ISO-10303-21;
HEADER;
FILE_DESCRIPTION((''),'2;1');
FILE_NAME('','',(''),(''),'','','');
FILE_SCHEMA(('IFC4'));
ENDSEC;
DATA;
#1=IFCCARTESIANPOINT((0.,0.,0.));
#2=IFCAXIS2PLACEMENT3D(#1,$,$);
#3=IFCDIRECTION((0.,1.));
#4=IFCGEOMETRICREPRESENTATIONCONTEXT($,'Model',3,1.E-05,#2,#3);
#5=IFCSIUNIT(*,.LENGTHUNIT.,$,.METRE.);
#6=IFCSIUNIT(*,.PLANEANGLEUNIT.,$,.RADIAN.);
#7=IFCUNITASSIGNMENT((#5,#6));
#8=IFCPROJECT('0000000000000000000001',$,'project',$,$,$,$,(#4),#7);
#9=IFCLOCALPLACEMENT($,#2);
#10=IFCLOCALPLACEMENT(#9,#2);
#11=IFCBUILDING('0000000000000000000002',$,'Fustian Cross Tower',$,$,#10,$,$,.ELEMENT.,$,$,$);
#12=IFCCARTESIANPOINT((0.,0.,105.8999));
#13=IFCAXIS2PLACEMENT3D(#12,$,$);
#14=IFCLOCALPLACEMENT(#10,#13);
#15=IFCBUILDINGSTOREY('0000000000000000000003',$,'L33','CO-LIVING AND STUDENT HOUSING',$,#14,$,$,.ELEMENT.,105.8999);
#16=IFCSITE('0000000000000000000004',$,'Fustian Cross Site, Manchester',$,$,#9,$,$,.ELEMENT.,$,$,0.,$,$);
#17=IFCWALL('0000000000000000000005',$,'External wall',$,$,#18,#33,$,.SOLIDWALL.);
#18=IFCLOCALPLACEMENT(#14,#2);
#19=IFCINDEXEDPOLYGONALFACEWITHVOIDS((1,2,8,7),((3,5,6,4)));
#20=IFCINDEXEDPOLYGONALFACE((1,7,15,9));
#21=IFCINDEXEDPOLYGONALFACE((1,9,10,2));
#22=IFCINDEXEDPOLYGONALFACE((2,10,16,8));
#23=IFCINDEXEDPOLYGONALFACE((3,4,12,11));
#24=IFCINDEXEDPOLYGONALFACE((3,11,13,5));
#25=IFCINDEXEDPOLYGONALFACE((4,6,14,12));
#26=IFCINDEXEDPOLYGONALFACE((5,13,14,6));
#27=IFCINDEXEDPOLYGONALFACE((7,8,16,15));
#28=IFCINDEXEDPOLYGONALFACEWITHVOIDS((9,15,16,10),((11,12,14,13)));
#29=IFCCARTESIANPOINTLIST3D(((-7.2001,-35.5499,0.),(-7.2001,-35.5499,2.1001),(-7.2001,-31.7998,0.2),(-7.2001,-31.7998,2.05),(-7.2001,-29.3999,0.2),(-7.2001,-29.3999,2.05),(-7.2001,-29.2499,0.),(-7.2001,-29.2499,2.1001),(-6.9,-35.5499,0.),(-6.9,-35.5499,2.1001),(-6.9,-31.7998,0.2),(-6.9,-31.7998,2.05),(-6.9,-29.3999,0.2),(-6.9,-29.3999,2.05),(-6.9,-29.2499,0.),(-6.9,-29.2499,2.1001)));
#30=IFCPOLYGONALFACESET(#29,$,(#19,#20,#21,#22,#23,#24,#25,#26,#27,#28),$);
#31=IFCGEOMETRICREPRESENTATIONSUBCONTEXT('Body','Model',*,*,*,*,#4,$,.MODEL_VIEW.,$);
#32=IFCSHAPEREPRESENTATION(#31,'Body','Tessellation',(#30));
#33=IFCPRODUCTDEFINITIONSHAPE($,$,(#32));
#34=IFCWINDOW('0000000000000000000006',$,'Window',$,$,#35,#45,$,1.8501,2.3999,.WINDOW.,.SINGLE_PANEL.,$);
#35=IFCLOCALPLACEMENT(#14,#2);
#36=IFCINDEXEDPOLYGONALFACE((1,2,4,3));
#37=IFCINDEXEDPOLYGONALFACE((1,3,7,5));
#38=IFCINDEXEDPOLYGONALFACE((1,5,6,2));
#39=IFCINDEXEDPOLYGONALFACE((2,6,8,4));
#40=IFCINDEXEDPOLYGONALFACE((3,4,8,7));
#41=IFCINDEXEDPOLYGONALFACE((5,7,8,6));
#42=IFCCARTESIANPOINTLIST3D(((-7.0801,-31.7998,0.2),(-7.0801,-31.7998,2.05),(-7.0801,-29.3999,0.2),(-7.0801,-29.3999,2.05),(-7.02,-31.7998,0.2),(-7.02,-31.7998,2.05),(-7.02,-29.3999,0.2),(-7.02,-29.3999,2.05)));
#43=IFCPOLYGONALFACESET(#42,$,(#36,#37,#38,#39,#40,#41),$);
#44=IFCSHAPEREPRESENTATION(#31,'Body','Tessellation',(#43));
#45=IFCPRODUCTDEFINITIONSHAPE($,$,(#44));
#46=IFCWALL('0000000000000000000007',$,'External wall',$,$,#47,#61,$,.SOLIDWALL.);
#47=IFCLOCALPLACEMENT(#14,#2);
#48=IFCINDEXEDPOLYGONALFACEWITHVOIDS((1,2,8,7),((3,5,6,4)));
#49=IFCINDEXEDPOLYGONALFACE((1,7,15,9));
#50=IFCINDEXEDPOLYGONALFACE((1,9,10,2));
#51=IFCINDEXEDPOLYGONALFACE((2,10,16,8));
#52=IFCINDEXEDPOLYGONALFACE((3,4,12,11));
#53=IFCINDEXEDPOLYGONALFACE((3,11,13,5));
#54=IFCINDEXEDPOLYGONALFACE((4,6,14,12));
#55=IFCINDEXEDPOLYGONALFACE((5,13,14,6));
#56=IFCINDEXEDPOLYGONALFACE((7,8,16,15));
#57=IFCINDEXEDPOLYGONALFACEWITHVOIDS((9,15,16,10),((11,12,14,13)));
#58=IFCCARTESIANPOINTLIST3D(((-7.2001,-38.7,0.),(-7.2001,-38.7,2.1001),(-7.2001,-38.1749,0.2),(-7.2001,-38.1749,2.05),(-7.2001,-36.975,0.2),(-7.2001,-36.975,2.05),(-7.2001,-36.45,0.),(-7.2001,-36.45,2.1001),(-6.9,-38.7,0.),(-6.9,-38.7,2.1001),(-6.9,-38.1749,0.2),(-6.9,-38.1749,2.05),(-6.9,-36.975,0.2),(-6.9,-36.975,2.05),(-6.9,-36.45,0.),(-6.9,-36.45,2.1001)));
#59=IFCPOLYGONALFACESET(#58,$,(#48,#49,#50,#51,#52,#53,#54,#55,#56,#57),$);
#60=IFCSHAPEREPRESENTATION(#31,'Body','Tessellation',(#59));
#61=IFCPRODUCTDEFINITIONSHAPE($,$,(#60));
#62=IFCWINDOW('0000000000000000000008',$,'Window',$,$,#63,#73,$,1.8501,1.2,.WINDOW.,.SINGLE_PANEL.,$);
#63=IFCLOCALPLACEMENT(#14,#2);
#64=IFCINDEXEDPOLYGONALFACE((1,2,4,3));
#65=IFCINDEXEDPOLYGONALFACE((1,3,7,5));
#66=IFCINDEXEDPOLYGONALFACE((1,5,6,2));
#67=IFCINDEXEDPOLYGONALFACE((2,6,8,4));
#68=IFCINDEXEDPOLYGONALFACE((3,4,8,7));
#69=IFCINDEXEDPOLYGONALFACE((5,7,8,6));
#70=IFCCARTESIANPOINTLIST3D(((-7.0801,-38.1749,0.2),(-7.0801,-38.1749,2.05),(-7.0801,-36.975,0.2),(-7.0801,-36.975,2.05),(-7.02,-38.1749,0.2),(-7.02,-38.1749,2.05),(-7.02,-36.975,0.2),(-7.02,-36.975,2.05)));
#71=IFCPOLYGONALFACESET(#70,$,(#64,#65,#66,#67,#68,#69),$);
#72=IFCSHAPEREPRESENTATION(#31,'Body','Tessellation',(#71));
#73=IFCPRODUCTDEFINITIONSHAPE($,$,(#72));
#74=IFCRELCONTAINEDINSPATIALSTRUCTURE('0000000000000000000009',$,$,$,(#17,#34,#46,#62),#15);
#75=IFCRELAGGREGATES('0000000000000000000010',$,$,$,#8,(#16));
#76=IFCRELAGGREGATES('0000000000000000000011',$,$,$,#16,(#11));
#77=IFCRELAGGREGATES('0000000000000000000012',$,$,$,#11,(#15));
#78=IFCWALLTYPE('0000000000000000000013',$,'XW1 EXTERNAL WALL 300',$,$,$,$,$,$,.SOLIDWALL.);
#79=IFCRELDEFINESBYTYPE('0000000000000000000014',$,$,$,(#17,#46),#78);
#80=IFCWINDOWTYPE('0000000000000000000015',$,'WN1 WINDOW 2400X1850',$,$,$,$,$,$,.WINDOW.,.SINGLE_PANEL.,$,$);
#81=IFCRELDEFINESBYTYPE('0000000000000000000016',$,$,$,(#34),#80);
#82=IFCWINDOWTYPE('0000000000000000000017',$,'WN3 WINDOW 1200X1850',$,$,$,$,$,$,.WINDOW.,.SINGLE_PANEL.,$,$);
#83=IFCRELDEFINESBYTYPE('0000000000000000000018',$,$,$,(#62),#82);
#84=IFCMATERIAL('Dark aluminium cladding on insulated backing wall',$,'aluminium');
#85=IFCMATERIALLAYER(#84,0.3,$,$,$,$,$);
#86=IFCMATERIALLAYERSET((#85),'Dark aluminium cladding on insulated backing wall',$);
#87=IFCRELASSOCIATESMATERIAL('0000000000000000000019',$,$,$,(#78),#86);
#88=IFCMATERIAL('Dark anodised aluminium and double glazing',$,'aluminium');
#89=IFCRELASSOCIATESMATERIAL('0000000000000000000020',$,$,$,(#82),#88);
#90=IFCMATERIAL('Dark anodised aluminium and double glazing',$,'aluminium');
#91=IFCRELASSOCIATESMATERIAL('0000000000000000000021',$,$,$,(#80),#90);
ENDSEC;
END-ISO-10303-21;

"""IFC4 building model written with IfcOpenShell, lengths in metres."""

from ifc_helpers import new_model, si_unit, direction, frame, frame_2d, origin, place, context, subcontext, project, spatial, rectangle, extrude, material, layer, layer_set, type_object, element, fill, save


model = new_model("IFC4")

# Units and contexts
model_context = context("Model", 3, precision=1e-05, world=origin(), true_north=direction((0.0, 1.0)))
body_context = subcontext(model_context, "Body", "Model", "MODEL_VIEW")
ifc_project = project(units=[si_unit("LENGTHUNIT", "METRE"), si_unit("PLANEANGLEUNIT", "RADIAN")], contexts=[model_context])

# Site, building, storey
site_placement = place(None, origin())
site = spatial("IfcSite", under=ifc_project, at=site_placement, Name="Fustian Cross Site, Manchester", CompositionType="ELEMENT", RefElevation=0.0)
building_placement = place(site_placement, origin())
building = spatial("IfcBuilding", under=site, at=building_placement, Name="Fustian Cross Tower", CompositionType="ELEMENT")
storey_placement = place(building_placement, frame((0.0, 0.0, 105.8999)))
storey = spatial("IfcBuildingStorey", under=building, at=storey_placement, Name="L33", Description="CO-LIVING AND STUDENT HOUSING", CompositionType="ELEMENT", Elevation=105.8999)

# Shared definitions
ifc_material_1 = material(Name="Dark aluminium cladding on insulated backing wall", Category="aluminium")
ifc_layer_1 = layer(ifc_material_1, 0.3)
ifc_layer_set_1 = layer_set([ifc_layer_1], Name="Dark aluminium cladding on insulated backing wall")
wall_type_1 = type_object("IfcWallType", Name="XW1 EXTERNAL WALL 300", PredefinedType="SOLIDWALL", material=ifc_layer_set_1)

# Shared definitions
ifc_material_2 = material(Name="Dark anodised aluminium and double glazing", Category="aluminium")
window_type_1 = type_object("IfcWindowType", Name="WN3 WINDOW 1200X1850", PartitioningType="SINGLE_PANEL", PredefinedType="WINDOW", material=ifc_material_2)

# Walls, openings, windows
wall_1_placement = place(storey_placement, frame((-7.05, -29.25, 0.0), z_axis=(0.0, 0.0, 1.0), x_axis=(0.0, -1.0, 0.0)))
wall_1 = element("IfcWall", 1, at=wall_1_placement, inside=storey, type_object=wall_type_1, Name="External wall", PredefinedType="SOLIDWALL", context=body_context, shape_type="SweptSolid", body=[
    extrude(rectangle(XDim=6.3, YDim=0.3, at=frame_2d((3.1499, 0.0))), origin(), (0.0, 0.0, 1.0), 2.1001),
])
opening_1_placement = place(wall_1_placement, frame((0.1499, 0.0, 0.2)))
opening_1 = element("IfcOpeningElement", 2, at=opening_1_placement, cuts=wall_1, PredefinedType="OPENING", context=body_context, shape_type="SweptSolid", body=[
    extrude(rectangle(XDim=2.3999, YDim=1.8501, at=frame_2d((1.2, 0.925))), frame((0.0, 0.1599, 0.0), z_axis=(0.0, -1.0, 0.0), x_axis=(1.0, 0.0, 0.0)), (0.0, 0.0, 1.0), 0.3201),
])
ifc_material_3 = material(Name="Dark anodised aluminium and double glazing", Category="aluminium")
window_type_2 = type_object("IfcWindowType", Name="WN1 WINDOW 2400X1850", PartitioningType="SINGLE_PANEL", PredefinedType="WINDOW", material=ifc_material_3)
window_1_placement = place(opening_1_placement, origin())
window_1 = element("IfcWindow", 3, at=window_1_placement, inside=storey, type_object=window_type_2, Name="Window", OverallHeight=1.8501, OverallWidth=2.3999, PartitioningType="SINGLE_PANEL", PredefinedType="WINDOW", context=body_context, shape_type="SweptSolid", body=[
    extrude(rectangle(XDim=2.3999, YDim=1.8501, at=frame_2d((1.2, 0.925))), frame((0.0, 0.03, 0.0), z_axis=(0.0, -1.0, 0.0), x_axis=(1.0, 0.0, 0.0)), (0.0, 0.0, 1.0), 0.0601),
])
fill(opening_1, window_1)
wall_2_placement = place(storey_placement, frame((-7.05, -36.45, 0.0), z_axis=(0.0, 0.0, 1.0), x_axis=(0.0, -1.0, 0.0)))
wall_2 = element("IfcWall", 4, at=wall_2_placement, inside=storey, type_object=wall_type_1, Name="External wall", PredefinedType="SOLIDWALL", context=body_context, shape_type="SweptSolid", body=[
    extrude(rectangle(XDim=2.25, YDim=0.3, at=frame_2d((1.125, 0.0))), origin(), (0.0, 0.0, 1.0), 2.1001),
])
opening_2_placement = place(wall_2_placement, frame((0.5249, 0.0, 0.2)))
opening_2 = element("IfcOpeningElement", 5, at=opening_2_placement, cuts=wall_2, PredefinedType="OPENING", context=body_context, shape_type="SweptSolid", body=[
    extrude(rectangle(XDim=1.2, YDim=1.8501, at=frame_2d((0.6001, 0.925))), frame((0.0, 0.1599, 0.0), z_axis=(0.0, -1.0, 0.0), x_axis=(1.0, 0.0, 0.0)), (0.0, 0.0, 1.0), 0.3201),
])
window_2_placement = place(opening_2_placement, origin())
window_2 = element("IfcWindow", 6, at=window_2_placement, inside=storey, type_object=window_type_1, Name="Window", OverallHeight=1.8501, OverallWidth=1.2, PartitioningType="SINGLE_PANEL", PredefinedType="WINDOW", context=body_context, shape_type="SweptSolid", body=[
    extrude(rectangle(XDim=1.2, YDim=1.8501, at=frame_2d((0.6001, 0.925))), frame((0.0, 0.03, 0.0), z_axis=(0.0, -1.0, 0.0), x_axis=(1.0, 0.0, 0.0)), (0.0, 0.0, 1.0), 0.0601),
])
fill(opening_2, window_2)

save(model, "model.ifc")
